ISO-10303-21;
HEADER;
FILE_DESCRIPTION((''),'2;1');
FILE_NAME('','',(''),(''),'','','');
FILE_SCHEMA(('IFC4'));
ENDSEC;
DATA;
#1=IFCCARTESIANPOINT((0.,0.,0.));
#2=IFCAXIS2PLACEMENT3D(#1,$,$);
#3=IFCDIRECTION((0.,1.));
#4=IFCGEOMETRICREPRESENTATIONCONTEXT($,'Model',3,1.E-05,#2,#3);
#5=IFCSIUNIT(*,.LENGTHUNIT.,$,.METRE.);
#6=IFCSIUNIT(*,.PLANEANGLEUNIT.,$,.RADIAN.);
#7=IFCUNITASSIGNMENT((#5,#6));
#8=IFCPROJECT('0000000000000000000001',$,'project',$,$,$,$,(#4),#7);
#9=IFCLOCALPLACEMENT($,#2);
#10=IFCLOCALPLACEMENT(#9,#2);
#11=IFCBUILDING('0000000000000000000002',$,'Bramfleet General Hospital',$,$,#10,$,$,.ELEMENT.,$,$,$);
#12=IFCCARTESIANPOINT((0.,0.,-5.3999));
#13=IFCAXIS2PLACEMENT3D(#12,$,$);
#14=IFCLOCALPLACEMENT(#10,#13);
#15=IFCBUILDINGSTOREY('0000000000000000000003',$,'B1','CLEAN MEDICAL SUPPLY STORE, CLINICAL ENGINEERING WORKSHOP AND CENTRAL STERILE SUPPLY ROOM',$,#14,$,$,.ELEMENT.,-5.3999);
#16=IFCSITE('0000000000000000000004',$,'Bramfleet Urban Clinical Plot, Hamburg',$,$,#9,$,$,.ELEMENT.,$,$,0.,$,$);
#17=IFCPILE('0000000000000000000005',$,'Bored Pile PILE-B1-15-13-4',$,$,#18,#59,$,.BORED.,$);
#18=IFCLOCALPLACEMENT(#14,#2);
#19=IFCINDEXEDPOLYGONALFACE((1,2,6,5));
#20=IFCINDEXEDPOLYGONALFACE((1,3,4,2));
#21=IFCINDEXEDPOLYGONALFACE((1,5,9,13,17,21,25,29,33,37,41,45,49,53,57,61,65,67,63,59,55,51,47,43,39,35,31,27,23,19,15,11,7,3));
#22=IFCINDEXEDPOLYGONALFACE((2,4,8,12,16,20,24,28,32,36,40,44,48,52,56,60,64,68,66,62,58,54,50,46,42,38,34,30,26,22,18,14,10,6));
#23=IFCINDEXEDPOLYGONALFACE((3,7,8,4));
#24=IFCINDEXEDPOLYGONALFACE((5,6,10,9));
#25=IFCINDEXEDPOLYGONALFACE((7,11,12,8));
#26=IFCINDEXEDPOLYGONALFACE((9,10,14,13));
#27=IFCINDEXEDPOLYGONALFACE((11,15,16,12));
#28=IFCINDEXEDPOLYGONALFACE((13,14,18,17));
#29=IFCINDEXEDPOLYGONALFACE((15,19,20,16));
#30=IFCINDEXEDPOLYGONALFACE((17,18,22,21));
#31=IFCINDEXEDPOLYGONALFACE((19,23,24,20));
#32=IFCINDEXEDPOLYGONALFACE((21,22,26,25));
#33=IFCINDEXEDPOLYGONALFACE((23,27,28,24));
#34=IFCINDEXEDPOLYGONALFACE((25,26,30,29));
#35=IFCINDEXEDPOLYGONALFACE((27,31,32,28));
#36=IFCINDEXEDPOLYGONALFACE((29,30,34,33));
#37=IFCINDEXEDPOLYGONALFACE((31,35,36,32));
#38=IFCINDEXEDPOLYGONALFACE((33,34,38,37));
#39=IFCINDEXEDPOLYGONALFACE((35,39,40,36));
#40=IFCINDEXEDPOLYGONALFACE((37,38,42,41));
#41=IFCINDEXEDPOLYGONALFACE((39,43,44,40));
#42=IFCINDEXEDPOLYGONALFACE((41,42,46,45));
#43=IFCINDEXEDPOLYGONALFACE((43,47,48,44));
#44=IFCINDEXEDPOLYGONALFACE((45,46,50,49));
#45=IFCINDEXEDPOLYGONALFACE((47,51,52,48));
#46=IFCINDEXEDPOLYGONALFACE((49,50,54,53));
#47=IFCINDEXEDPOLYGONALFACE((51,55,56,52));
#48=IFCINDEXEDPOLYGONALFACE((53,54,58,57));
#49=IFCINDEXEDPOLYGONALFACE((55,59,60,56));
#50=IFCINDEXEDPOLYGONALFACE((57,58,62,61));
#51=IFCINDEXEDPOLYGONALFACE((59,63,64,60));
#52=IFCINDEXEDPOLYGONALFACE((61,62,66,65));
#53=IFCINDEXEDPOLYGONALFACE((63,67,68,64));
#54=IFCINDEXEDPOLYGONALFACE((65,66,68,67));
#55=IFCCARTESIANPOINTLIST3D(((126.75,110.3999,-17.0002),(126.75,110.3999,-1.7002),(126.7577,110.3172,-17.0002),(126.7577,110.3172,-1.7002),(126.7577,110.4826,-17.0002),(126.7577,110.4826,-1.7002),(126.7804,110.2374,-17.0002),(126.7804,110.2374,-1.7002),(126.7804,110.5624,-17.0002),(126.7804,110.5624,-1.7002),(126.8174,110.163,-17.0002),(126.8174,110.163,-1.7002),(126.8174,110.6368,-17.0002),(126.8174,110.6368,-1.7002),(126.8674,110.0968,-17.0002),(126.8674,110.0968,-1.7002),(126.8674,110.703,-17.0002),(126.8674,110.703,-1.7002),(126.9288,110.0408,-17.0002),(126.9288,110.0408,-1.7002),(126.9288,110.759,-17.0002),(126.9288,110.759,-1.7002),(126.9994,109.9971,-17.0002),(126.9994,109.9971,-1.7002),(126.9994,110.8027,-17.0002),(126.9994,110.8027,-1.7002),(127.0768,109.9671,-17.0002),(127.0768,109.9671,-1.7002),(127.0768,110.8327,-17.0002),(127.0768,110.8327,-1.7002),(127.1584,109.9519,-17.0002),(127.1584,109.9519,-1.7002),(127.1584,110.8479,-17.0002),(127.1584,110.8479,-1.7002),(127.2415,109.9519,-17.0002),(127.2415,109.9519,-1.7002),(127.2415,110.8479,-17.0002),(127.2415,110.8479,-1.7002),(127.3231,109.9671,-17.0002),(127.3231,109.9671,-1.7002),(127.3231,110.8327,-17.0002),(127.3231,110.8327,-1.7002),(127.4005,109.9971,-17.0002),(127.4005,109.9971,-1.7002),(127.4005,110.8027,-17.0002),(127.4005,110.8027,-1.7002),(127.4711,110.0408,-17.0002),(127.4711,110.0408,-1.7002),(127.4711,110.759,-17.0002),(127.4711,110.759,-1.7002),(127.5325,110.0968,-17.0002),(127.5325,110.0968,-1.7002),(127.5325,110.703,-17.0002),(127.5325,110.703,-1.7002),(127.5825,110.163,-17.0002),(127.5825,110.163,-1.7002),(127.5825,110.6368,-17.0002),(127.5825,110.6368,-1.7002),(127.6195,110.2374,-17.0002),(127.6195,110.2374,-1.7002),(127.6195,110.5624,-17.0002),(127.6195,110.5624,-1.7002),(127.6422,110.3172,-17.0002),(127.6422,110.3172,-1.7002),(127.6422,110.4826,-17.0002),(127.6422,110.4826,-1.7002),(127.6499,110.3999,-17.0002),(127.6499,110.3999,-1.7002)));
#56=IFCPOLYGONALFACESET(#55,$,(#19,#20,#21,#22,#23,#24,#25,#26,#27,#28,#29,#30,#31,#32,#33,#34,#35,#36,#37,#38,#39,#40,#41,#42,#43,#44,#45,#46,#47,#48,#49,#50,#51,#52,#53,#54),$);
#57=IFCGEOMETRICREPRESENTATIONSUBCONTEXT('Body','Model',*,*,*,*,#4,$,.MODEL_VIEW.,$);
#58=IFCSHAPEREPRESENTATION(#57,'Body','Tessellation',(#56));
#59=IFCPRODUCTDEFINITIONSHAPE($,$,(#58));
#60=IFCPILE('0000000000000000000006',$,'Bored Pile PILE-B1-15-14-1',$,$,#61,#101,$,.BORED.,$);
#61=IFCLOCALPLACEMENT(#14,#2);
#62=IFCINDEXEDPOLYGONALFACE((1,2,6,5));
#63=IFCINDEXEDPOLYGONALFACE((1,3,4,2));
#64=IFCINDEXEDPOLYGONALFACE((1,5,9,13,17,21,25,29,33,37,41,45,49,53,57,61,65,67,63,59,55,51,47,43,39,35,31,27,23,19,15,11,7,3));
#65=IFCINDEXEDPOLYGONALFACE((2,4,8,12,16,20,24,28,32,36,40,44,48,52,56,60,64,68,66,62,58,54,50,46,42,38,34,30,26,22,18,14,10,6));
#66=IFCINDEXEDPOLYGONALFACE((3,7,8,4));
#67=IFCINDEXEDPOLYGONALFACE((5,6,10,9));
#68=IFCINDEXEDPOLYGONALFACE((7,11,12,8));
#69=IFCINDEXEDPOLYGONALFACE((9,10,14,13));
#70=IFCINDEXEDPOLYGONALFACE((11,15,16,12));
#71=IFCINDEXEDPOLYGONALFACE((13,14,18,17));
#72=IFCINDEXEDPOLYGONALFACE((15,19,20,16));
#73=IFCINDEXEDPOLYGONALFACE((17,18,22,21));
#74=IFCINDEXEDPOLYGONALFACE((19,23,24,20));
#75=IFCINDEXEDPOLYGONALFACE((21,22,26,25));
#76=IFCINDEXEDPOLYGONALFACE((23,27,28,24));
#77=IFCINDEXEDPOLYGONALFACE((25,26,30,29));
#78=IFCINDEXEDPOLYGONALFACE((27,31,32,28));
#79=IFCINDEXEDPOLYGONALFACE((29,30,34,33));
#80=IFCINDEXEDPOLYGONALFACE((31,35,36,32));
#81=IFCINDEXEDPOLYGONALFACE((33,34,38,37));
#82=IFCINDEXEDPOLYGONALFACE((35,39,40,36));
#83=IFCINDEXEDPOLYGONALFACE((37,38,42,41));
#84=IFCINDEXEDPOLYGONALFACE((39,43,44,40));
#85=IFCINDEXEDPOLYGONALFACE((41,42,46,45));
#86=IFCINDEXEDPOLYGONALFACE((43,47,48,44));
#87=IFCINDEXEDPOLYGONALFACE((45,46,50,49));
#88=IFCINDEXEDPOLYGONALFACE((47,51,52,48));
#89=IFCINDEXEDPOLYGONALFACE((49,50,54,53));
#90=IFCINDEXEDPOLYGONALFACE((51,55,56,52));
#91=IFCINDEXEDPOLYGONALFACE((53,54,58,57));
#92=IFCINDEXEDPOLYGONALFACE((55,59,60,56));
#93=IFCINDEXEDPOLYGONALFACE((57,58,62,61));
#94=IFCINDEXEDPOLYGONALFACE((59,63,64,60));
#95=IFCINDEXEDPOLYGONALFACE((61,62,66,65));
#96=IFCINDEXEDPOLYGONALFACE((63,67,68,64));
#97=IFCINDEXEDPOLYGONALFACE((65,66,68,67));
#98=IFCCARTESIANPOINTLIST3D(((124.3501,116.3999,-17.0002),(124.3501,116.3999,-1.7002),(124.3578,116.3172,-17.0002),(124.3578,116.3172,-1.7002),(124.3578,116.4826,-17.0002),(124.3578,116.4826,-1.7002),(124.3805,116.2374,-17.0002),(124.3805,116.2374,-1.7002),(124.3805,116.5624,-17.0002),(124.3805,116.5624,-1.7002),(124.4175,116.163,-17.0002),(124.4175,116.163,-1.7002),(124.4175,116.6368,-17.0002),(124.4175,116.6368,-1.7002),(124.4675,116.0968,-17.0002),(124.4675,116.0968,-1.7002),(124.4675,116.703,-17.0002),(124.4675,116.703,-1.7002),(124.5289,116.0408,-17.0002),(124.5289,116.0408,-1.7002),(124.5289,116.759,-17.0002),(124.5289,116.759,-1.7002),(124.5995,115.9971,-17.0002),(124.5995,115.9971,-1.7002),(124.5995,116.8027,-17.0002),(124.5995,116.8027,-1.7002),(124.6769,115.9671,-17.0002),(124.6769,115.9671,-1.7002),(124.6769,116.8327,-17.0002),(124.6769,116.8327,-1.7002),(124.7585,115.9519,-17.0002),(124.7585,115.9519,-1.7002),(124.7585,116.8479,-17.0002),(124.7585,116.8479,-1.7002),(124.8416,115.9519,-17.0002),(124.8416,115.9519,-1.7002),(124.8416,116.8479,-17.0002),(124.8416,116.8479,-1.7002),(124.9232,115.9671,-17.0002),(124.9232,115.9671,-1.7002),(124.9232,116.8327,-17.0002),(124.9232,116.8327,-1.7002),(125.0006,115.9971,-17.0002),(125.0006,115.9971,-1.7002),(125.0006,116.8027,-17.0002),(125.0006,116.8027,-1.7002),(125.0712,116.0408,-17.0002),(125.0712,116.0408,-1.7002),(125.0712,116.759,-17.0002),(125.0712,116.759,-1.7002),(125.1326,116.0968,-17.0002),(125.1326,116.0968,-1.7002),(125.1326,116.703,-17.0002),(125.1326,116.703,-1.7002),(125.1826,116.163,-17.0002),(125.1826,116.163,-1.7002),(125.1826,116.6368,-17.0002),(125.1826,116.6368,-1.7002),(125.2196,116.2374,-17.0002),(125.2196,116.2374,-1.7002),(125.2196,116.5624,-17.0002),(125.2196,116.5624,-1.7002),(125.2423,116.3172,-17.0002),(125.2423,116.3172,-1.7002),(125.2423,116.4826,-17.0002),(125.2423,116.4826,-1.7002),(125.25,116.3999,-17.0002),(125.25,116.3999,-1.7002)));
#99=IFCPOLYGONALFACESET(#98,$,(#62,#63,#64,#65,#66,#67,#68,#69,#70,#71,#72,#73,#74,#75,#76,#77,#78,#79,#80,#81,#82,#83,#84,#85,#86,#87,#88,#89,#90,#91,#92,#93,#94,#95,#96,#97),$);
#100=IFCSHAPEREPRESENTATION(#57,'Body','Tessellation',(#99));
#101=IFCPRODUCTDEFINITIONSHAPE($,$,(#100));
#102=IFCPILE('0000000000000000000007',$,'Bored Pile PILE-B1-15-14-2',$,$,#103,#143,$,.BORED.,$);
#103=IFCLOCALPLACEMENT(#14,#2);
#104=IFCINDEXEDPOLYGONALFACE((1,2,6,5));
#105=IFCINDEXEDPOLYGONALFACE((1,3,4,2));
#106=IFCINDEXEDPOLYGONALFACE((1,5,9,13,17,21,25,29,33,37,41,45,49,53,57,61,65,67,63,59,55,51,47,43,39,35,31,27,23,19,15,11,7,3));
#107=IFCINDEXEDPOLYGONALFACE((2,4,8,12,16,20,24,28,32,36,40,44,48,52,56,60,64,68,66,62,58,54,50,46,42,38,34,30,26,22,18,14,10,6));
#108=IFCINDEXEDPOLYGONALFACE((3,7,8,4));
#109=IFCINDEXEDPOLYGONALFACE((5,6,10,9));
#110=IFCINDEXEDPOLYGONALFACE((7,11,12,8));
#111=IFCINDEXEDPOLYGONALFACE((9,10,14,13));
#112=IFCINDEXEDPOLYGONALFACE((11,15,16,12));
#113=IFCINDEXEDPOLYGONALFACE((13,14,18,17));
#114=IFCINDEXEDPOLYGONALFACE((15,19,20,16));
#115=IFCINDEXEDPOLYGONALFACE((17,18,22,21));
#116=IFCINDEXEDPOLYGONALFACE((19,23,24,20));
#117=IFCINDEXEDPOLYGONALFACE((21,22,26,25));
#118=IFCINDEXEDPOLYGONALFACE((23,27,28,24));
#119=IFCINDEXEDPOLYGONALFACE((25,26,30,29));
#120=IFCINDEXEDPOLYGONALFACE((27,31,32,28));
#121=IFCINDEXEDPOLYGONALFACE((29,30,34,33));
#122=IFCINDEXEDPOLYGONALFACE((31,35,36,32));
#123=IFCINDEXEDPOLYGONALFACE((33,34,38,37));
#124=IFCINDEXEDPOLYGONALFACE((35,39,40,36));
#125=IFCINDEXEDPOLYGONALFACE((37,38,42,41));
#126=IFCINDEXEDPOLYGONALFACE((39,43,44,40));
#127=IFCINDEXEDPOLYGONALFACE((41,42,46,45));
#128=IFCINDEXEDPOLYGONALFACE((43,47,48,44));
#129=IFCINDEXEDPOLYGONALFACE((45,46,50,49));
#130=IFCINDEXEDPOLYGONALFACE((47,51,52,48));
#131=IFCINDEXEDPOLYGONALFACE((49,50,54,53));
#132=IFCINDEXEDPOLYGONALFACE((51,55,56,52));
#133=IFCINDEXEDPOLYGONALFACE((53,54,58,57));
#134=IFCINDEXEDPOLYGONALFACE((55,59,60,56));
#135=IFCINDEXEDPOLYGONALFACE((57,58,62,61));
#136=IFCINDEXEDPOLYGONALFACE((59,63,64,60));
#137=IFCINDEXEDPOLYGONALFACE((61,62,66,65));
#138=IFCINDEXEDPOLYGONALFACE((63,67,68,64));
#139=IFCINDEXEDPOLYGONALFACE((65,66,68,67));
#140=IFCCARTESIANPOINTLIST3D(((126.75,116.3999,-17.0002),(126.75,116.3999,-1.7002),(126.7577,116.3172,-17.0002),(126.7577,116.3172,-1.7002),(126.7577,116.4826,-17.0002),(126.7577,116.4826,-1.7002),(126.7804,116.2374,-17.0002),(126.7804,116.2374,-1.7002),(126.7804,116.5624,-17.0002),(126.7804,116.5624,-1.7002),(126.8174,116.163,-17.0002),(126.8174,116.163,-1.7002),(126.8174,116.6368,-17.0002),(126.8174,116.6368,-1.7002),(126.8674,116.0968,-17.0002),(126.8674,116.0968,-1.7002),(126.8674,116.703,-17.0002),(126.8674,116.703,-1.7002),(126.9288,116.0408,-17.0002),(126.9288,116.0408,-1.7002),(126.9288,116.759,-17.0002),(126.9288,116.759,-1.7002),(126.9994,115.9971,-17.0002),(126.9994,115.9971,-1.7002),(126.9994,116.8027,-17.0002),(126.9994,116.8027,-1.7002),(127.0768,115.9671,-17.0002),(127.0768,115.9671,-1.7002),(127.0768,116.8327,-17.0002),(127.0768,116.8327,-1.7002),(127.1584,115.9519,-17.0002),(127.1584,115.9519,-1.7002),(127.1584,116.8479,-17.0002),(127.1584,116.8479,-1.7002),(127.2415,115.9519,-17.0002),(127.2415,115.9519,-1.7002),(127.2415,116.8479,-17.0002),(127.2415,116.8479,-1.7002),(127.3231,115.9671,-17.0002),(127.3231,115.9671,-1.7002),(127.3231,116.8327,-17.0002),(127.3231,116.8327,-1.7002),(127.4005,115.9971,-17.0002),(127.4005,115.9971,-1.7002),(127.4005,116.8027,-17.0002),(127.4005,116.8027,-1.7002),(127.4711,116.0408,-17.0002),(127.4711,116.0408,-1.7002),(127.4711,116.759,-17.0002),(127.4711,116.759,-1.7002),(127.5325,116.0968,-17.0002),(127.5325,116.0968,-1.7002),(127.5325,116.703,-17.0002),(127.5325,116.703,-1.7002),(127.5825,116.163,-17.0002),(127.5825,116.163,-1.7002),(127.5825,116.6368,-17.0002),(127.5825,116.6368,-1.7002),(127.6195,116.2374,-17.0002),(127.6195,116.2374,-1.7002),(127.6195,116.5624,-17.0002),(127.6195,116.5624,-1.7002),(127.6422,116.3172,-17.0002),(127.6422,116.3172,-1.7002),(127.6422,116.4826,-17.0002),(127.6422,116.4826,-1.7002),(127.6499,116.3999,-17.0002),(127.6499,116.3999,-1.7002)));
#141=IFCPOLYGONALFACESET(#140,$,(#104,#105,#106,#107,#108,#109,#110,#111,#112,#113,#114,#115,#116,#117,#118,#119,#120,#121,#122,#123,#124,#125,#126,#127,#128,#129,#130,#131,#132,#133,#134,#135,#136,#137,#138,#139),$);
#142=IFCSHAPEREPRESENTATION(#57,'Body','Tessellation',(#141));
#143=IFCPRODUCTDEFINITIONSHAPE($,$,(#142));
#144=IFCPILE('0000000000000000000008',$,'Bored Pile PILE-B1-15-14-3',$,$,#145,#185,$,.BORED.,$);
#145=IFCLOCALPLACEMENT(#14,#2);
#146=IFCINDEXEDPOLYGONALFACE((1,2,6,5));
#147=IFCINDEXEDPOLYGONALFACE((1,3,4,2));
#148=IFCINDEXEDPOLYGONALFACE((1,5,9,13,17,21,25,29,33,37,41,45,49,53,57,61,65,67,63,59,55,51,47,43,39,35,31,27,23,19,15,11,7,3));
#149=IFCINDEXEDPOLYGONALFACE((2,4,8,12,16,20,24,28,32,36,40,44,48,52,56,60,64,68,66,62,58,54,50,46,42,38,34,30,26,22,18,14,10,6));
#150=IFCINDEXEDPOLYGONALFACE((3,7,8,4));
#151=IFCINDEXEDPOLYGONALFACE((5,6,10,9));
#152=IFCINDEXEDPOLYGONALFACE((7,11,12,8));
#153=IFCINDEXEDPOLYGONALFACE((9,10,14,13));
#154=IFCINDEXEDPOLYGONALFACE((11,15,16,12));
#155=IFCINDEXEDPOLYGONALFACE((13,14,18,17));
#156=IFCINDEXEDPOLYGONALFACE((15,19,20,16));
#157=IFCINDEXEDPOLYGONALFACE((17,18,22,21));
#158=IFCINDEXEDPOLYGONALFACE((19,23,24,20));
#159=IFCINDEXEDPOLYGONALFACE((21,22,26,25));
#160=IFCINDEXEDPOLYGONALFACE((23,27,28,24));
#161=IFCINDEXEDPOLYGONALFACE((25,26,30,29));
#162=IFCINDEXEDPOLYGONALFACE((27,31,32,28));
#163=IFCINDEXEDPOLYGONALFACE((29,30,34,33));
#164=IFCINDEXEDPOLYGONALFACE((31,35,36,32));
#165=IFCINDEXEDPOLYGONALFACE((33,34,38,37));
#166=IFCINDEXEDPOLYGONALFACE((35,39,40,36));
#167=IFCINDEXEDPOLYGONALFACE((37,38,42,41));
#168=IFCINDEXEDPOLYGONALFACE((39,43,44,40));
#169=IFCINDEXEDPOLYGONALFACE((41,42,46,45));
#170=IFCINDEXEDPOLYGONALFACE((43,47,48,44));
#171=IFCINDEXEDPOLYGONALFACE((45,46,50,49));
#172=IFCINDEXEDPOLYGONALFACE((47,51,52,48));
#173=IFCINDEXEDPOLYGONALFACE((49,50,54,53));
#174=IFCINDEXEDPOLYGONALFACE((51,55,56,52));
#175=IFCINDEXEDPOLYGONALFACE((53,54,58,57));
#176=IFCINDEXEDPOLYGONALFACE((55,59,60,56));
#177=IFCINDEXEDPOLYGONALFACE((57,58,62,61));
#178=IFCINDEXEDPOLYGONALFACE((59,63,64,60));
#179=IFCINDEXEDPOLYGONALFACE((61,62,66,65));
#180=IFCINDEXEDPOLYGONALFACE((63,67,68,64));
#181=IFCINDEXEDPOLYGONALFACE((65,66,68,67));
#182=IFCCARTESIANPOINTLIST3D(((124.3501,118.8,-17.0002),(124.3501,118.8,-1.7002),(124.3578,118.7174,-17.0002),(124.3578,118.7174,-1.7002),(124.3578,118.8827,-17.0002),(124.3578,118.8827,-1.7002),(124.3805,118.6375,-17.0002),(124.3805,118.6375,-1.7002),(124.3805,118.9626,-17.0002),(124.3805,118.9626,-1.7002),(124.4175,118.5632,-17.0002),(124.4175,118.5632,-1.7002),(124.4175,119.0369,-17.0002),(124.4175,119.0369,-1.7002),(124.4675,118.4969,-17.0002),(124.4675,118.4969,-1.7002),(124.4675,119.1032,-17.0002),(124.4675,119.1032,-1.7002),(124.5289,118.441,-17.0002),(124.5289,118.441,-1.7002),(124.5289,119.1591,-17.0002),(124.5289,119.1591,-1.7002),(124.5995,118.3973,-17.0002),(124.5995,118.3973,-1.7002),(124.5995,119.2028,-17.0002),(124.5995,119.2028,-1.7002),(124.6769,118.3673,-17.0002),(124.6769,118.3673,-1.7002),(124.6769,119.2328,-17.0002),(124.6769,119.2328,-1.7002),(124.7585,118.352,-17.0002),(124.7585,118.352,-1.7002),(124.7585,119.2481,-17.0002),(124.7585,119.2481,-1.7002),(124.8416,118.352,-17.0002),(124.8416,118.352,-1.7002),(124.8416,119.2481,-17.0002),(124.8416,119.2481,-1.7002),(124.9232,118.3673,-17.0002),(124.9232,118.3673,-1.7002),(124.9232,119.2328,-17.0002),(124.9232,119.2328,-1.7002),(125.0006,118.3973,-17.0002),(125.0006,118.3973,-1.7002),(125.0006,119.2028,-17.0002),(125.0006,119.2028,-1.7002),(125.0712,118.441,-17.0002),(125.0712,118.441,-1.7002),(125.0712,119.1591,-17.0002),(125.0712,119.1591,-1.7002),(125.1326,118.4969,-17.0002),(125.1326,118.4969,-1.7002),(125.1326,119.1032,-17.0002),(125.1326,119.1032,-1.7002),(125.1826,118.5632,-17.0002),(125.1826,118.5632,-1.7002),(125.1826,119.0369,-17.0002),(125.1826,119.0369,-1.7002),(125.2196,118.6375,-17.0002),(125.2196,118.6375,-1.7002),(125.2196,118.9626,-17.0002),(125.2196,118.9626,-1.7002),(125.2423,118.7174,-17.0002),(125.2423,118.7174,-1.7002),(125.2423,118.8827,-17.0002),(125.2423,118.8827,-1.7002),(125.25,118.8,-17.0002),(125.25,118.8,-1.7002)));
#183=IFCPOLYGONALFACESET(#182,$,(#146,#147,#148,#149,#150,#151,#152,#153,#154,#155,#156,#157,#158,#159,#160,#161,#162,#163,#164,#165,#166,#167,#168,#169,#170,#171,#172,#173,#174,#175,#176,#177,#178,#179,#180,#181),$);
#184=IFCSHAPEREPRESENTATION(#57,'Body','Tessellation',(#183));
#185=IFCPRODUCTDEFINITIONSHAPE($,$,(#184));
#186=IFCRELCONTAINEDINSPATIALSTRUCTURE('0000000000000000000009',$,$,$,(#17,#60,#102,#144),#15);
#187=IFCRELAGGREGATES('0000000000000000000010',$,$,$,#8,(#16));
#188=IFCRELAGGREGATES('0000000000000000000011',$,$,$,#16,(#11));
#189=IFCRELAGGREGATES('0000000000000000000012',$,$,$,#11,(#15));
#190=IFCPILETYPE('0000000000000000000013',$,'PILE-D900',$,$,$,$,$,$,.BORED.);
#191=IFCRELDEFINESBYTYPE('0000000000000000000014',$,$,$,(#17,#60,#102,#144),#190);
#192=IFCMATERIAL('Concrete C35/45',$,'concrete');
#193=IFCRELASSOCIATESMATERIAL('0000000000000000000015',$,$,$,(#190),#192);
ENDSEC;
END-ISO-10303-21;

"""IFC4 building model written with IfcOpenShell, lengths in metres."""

from ifc_helpers import new_model, si_unit, direction, frame, origin, origin_2d, place, context, subcontext, project, spatial, circle, extrude, material, material_profile, profile_set, type_object, element, save


model = new_model("IFC4")

# Units and contexts
model_context = context("Model", 3, precision=1e-05, world=origin(), true_north=direction((0.0, 1.0)))
body_context = subcontext(model_context, "Body", "Model", "MODEL_VIEW")
ifc_project = project(units=[si_unit("LENGTHUNIT", "METRE"), si_unit("PLANEANGLEUNIT", "RADIAN")], contexts=[model_context])

# Site, building, storey
site_placement = place(None, origin())
site = spatial("IfcSite", under=ifc_project, at=site_placement, Name="Bramfleet Urban Clinical Plot, Hamburg", CompositionType="ELEMENT", RefElevation=0.0)
building_placement = place(site_placement, origin())
building = spatial("IfcBuilding", under=site, at=building_placement, Name="Bramfleet General Hospital", CompositionType="ELEMENT")
storey_placement = place(building_placement, frame((0.0, 0.0, -5.3999)))
storey = spatial("IfcBuildingStorey", under=building, at=storey_placement, Name="B1", Description="CLEAN MEDICAL SUPPLY STORE, CLINICAL ENGINEERING WORKSHOP AND CENTRAL STERILE SUPPLY ROOM", CompositionType="ELEMENT", Elevation=-5.3999)

# Shared definitions
ifc_material_1 = material(Name="Concrete C35/45", Category="concrete")

# Piles
ifc_material_profile_1 = material_profile(ifc_material_1, circle(Radius=0.45, at=origin_2d()), Name="PILE BORED D900")
ifc_profile_set_1 = profile_set([ifc_material_profile_1], Name="Concrete C35/45")
pile_type_1 = type_object("IfcPileType", Name="PILE-D900", PredefinedType="BORED", material=ifc_profile_set_1)
for number, where, z_axis, x_axis, name in (
    (1, (127.2, 110.3999, -1.7002), (0.0, 0.0, -1.0), (1.0, 0.0, 0.0), "Bored Pile PILE-B1-15-13-4"),
    (2, (124.8, 116.3999, -1.7002), (0.0, 0.0, -1.0), (1.0, 0.0, 0.0), "Bored Pile PILE-B1-15-14-1"),
    (3, (127.2, 116.3999, -1.7002), (0.0, 0.0, -1.0), (1.0, 0.0, 0.0), "Bored Pile PILE-B1-15-14-2"),
    (4, (124.8, 118.8, -1.7002), (0.0, 0.0, -1.0), (1.0, 0.0, 0.0), "Bored Pile PILE-B1-15-14-3"),
):
    element("IfcPile", number, at=place(storey_placement, frame(where, z_axis=z_axis, x_axis=x_axis)), inside=storey, type_object=pile_type_1, Name=name, PredefinedType="BORED", context=body_context, shape_type="SweptSolid", body=[
        extrude(circle(Radius=0.45, at=origin_2d()), origin(), (0.0, 0.0, 1.0), 15.3),
    ])

save(model, "model.ifc")
